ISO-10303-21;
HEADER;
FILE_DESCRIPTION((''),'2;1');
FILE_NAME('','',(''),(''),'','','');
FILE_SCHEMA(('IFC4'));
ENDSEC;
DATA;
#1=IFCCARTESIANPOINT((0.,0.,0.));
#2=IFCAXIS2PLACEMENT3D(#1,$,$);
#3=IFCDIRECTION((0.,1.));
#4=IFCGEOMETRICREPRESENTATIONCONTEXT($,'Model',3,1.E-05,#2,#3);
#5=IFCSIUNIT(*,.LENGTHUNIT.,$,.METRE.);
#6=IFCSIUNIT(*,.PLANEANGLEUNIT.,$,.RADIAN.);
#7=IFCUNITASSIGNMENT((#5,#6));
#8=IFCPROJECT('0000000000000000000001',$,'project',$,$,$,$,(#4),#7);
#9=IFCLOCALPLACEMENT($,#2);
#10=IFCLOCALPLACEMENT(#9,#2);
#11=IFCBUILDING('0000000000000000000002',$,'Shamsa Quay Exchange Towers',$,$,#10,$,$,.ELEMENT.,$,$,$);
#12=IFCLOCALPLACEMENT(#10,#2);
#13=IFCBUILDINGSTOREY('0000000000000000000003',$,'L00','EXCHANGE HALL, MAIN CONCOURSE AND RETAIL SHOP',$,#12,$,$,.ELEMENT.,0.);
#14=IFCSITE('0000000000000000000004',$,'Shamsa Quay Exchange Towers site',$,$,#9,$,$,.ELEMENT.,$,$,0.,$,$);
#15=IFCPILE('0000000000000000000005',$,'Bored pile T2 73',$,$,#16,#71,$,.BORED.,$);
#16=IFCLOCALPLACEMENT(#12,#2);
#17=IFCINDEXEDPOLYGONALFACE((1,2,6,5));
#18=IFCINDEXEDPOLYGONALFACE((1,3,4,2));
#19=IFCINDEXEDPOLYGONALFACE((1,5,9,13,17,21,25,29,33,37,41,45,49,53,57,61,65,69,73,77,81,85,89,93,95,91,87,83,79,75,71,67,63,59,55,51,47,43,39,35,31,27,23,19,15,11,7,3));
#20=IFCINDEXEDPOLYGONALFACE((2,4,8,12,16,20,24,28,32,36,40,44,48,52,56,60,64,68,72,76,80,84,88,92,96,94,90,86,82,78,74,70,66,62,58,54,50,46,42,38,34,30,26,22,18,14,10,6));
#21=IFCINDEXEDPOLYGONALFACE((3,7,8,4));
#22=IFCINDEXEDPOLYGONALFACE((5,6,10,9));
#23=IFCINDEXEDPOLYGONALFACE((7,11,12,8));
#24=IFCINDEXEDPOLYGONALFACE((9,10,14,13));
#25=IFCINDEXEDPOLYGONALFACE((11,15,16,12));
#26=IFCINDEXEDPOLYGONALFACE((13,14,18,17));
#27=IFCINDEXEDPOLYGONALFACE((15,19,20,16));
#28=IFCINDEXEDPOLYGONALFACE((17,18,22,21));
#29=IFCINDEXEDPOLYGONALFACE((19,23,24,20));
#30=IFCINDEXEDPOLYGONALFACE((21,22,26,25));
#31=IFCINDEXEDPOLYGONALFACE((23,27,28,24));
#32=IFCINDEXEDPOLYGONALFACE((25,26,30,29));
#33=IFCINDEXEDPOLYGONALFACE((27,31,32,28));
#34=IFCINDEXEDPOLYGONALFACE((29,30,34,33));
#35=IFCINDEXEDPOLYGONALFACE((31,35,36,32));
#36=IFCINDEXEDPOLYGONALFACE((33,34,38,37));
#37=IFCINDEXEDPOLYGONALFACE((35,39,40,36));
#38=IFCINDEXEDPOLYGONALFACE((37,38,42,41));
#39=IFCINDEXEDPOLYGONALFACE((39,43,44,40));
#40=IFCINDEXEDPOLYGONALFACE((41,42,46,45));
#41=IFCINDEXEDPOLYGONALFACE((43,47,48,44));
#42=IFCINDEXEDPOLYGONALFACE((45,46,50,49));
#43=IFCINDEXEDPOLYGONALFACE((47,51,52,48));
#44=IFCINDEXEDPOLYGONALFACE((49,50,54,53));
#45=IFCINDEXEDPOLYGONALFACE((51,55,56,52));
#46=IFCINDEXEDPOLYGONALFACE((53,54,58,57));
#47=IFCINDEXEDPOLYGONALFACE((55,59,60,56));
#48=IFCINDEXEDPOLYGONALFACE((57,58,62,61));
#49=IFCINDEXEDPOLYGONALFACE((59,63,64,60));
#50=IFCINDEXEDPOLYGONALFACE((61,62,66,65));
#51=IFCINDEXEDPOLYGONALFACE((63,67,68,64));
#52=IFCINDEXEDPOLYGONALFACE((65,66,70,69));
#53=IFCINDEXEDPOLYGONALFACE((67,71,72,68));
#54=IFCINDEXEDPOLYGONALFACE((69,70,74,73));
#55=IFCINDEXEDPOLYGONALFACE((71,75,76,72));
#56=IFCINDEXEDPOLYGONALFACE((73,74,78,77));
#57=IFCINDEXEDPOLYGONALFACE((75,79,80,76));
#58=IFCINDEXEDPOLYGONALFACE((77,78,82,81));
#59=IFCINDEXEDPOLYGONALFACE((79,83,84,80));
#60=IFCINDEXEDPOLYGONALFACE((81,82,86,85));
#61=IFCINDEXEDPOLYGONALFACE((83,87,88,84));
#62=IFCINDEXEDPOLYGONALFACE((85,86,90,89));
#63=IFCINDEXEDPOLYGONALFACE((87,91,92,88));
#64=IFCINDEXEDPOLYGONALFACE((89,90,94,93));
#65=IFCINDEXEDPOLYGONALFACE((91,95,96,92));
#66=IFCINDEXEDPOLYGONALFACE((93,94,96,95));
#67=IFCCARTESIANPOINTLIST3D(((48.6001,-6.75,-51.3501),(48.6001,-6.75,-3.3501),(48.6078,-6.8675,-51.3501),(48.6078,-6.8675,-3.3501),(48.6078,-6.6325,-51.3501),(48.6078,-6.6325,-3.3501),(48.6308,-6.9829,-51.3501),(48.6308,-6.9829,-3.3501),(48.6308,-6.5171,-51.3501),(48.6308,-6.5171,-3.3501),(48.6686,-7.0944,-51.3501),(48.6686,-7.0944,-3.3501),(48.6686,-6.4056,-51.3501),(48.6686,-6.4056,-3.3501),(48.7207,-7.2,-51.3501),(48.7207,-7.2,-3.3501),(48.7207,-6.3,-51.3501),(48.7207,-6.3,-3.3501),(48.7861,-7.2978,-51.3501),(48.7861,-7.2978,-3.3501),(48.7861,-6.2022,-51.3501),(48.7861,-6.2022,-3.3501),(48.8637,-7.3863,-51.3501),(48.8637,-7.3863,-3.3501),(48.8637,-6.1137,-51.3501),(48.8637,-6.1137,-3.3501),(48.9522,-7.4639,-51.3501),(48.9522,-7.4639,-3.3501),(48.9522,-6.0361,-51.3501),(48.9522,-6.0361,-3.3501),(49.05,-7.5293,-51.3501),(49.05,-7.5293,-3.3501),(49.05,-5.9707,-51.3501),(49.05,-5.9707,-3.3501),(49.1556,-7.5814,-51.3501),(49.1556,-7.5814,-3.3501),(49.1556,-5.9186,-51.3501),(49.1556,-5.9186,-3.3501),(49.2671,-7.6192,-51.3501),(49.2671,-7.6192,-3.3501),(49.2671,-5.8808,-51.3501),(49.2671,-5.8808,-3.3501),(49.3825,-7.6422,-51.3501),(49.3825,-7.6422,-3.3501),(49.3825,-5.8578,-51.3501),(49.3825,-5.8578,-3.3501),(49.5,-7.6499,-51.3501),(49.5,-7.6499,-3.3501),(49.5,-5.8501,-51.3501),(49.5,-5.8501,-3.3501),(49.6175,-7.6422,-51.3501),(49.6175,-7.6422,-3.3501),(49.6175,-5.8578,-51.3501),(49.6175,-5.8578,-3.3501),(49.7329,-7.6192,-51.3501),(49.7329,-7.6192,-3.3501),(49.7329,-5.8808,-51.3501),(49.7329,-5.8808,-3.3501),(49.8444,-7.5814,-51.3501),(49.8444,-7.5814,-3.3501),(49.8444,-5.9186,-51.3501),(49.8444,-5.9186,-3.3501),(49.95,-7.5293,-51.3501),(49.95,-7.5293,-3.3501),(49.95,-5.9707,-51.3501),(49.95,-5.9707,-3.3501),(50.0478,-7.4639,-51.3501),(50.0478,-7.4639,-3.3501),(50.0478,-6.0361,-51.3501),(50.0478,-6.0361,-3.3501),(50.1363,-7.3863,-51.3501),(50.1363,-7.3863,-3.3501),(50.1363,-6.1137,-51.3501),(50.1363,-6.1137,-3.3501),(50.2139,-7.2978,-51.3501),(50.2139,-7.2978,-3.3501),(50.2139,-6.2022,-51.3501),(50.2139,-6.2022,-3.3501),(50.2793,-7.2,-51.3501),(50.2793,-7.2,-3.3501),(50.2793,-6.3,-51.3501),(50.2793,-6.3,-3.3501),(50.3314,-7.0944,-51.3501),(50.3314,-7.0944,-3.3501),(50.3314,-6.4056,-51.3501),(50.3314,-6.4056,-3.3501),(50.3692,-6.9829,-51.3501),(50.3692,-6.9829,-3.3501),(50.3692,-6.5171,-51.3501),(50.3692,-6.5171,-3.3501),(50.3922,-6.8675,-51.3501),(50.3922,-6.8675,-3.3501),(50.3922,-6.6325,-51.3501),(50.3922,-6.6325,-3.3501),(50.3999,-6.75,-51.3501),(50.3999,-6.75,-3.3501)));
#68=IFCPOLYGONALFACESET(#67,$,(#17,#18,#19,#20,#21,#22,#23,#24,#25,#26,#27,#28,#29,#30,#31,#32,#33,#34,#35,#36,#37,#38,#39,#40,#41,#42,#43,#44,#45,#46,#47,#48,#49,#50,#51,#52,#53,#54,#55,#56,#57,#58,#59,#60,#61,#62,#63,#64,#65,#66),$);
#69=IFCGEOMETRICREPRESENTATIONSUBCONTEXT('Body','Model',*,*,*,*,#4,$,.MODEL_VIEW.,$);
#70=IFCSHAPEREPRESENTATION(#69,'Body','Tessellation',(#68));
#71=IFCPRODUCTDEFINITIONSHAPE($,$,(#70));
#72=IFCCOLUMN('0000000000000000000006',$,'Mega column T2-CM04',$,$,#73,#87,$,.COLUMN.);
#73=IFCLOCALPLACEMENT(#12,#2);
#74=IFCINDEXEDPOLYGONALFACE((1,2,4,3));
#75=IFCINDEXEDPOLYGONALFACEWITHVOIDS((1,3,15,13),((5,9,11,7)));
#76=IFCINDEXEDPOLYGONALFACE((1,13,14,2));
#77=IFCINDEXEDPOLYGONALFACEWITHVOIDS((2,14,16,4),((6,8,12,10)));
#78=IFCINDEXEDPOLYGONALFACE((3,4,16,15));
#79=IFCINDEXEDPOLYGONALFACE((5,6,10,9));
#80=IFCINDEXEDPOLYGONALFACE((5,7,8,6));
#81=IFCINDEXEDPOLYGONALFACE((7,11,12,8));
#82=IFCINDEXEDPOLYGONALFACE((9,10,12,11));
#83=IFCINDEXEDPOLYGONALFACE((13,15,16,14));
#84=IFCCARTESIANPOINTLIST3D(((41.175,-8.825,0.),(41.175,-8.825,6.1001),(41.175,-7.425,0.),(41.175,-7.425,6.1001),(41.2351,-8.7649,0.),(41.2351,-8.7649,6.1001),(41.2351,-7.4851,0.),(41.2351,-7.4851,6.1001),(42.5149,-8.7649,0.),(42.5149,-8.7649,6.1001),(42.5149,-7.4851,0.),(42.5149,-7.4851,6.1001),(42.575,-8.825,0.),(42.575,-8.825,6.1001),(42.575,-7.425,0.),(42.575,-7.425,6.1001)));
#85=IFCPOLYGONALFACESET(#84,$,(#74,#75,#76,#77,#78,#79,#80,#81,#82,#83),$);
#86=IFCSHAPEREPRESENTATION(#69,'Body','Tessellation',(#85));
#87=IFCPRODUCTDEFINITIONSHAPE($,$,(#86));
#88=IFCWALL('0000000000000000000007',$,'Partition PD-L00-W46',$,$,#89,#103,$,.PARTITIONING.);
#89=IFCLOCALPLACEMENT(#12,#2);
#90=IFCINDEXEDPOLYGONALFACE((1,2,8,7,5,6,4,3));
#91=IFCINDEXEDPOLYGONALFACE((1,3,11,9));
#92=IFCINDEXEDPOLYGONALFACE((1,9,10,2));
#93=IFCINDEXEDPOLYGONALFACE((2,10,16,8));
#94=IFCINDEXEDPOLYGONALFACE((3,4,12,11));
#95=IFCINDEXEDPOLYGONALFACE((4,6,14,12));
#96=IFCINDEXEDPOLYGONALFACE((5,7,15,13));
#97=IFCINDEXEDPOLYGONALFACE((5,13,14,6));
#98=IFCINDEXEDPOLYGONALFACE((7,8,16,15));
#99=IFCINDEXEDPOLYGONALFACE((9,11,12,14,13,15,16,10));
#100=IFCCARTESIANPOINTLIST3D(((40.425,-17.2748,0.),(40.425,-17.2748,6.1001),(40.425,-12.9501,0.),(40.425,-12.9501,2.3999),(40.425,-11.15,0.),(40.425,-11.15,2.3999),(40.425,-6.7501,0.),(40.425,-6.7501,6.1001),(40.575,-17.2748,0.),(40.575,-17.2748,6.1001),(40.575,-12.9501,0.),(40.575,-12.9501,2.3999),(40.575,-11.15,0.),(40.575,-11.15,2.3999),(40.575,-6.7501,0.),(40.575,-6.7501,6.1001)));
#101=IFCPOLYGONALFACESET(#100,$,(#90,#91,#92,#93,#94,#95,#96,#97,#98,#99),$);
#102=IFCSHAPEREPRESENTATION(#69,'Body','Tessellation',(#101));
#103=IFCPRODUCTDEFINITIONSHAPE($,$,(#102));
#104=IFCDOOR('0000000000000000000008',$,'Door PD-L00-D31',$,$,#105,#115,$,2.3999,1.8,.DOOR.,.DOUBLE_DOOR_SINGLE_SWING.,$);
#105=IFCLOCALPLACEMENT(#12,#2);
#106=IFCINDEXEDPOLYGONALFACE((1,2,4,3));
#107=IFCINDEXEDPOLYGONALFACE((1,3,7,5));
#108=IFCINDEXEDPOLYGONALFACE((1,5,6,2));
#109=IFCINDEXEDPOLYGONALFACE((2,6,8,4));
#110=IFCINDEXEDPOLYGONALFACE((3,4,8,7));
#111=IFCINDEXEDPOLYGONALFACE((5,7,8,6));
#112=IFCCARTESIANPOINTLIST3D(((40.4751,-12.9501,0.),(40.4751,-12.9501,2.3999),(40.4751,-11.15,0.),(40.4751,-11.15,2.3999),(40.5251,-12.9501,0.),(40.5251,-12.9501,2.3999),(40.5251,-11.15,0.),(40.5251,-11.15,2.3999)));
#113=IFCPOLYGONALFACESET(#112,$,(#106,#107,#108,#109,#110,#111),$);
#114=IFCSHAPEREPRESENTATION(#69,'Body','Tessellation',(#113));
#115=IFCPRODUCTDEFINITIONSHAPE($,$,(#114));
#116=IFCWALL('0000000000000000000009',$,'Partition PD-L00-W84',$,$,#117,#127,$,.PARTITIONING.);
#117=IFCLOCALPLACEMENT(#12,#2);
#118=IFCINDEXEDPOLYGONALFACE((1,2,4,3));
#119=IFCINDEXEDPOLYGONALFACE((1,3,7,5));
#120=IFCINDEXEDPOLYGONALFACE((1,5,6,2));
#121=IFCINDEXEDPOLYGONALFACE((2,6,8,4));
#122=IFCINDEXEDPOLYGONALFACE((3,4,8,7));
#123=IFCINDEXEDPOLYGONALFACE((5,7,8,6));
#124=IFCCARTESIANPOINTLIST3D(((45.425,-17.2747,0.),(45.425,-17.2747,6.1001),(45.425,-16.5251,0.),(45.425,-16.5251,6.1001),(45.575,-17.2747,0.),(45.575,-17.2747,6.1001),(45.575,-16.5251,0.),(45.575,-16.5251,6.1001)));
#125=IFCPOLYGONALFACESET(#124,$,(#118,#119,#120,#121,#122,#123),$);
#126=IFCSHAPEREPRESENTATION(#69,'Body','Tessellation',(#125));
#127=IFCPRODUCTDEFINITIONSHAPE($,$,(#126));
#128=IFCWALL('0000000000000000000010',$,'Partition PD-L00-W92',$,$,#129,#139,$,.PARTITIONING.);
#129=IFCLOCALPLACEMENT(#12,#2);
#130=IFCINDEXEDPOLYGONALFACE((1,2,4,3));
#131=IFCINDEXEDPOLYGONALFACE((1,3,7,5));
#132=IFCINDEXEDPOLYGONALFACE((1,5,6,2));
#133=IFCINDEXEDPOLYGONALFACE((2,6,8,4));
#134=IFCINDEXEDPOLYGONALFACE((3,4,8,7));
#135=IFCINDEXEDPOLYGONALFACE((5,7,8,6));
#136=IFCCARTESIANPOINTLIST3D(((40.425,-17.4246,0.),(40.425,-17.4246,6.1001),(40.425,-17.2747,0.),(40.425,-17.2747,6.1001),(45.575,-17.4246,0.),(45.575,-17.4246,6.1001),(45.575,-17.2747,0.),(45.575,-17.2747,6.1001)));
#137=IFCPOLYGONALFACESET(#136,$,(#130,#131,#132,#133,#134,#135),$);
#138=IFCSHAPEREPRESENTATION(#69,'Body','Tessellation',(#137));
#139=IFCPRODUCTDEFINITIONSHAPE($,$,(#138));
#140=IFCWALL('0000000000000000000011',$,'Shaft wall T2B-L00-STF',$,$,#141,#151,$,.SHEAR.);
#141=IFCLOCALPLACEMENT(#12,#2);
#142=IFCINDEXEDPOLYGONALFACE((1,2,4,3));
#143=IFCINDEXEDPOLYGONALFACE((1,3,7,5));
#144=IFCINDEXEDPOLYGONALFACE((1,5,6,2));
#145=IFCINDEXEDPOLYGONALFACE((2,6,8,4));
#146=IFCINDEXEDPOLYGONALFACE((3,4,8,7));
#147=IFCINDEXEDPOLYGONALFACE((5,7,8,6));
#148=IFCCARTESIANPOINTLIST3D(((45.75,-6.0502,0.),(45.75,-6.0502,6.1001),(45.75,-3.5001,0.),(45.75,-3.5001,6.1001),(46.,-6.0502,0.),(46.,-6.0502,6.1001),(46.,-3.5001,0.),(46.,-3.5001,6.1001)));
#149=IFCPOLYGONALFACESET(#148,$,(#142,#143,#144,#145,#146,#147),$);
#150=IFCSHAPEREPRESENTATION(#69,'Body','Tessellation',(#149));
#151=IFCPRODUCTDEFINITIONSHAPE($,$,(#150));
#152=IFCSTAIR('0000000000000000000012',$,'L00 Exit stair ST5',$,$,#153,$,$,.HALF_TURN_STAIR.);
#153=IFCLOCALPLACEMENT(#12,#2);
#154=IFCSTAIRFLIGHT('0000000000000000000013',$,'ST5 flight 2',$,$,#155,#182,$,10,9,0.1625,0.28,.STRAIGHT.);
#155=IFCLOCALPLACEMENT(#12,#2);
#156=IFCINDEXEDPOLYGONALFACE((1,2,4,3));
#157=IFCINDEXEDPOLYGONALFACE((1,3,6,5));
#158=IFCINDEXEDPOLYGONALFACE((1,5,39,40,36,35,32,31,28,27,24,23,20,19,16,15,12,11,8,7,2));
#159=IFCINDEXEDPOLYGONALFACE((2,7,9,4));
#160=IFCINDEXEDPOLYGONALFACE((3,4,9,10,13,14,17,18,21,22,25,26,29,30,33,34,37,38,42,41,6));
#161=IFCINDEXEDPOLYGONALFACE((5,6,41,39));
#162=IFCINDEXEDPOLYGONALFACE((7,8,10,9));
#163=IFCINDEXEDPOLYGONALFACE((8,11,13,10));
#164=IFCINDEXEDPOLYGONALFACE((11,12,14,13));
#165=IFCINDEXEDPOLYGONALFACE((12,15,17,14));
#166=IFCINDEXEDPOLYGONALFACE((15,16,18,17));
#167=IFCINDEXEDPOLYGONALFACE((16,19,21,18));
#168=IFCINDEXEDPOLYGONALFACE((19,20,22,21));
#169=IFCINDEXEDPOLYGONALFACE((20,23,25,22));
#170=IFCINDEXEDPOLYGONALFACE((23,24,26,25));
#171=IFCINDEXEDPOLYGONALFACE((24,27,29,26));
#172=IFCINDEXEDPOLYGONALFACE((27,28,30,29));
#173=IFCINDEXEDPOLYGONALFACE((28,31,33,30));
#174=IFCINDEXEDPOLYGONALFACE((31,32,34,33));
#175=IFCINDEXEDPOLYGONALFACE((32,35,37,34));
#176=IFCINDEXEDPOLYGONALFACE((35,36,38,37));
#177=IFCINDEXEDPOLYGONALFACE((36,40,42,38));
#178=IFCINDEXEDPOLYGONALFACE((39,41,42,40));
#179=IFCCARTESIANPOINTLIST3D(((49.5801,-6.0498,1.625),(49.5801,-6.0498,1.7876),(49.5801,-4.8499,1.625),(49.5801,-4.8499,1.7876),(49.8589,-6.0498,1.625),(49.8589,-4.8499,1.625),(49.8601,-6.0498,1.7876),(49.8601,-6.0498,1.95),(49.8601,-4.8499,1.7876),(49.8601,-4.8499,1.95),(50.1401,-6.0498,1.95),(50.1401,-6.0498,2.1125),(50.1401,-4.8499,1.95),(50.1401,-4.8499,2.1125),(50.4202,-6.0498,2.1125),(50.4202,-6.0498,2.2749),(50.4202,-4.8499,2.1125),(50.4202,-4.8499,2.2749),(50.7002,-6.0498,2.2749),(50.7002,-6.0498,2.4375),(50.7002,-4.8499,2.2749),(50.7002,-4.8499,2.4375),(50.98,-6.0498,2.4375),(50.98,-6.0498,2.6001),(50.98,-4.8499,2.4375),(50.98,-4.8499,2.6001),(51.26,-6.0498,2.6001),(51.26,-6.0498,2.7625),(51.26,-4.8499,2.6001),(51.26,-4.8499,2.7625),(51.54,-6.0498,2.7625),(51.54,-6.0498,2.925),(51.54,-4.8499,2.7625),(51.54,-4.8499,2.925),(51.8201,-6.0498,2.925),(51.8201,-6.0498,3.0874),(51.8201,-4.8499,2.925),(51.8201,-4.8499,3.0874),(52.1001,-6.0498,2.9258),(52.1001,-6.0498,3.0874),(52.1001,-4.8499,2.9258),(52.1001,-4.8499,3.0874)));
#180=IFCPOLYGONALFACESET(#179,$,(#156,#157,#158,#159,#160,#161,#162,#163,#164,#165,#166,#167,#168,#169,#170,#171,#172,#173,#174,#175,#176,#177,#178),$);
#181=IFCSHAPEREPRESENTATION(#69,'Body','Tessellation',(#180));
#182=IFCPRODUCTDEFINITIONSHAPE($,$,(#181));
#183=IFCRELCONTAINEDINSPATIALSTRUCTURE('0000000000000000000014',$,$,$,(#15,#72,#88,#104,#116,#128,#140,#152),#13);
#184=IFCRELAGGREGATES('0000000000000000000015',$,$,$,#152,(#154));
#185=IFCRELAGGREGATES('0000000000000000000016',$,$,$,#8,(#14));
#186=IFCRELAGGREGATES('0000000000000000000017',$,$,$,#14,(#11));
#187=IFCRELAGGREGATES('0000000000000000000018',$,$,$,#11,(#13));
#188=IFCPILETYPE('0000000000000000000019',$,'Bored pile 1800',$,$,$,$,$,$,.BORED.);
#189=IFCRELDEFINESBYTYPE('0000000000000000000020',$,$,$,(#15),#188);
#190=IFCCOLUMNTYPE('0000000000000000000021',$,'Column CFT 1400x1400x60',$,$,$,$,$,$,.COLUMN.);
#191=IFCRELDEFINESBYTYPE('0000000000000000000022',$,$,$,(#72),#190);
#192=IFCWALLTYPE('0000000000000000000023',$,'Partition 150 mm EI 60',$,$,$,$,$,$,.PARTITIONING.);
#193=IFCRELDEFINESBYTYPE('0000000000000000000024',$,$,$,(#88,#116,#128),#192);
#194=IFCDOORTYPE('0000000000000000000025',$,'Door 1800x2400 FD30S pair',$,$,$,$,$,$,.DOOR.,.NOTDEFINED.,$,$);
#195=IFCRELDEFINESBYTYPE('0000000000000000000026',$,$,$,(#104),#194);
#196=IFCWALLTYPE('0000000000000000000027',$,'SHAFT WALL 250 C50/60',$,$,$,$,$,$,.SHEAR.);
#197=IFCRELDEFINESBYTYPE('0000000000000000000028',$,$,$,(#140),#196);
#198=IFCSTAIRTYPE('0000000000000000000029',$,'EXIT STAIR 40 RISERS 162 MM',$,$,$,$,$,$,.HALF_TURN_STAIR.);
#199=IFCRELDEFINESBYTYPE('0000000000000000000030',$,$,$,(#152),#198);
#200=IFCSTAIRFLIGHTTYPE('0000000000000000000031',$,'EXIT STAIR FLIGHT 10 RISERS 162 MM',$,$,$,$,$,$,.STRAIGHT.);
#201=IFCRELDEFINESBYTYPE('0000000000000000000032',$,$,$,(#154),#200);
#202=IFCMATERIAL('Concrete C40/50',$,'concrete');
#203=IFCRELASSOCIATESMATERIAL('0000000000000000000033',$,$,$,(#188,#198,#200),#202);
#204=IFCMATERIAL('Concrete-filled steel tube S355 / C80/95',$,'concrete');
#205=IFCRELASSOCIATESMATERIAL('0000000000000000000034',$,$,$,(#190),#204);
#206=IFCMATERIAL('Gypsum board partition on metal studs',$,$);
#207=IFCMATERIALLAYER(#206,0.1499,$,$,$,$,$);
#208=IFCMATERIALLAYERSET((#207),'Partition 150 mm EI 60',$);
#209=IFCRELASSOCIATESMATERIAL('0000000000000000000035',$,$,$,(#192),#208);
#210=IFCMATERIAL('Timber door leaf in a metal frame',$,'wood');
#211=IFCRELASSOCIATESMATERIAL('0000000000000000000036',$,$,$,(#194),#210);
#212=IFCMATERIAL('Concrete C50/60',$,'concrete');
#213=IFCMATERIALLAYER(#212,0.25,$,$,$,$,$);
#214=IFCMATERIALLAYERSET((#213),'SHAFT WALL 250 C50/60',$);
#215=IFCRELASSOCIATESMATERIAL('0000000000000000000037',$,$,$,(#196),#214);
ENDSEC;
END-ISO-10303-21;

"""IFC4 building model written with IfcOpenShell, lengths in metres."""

from ifc_helpers import new_model, si_unit, direction, frame, frame_2d, origin, origin_2d, place, context, subcontext, project, spatial, polyline, rectangle, hollow_rectangle, circle, outline, extrude, material, layer, layer_set, material_profile, profile_set, type_object, element, fill, aggregate, save


model = new_model("IFC4")

# Units and contexts
model_context = context("Model", 3, precision=1e-05, world=origin(), true_north=direction((0.0, 1.0)))
body_context = subcontext(model_context, "Body", "Model", "MODEL_VIEW")
ifc_project = project(units=[si_unit("LENGTHUNIT", "METRE"), si_unit("PLANEANGLEUNIT", "RADIAN")], contexts=[model_context])

# Site, building, storey
site_placement = place(None, origin())
site = spatial("IfcSite", under=ifc_project, at=site_placement, Name="Shamsa Quay Exchange Towers site", CompositionType="ELEMENT", RefElevation=0.0)
building_placement = place(site_placement, origin())
building = spatial("IfcBuilding", under=site, at=building_placement, Name="Shamsa Quay Exchange Towers", CompositionType="ELEMENT")
storey_placement = place(building_placement, origin())
storey = spatial("IfcBuildingStorey", under=building, at=storey_placement, Name="L00", Description="EXCHANGE HALL, MAIN CONCOURSE AND RETAIL SHOP", CompositionType="ELEMENT", Elevation=0.0)

# Pile
ifc_material_1 = material(Name="Concrete C40/50", Category="concrete")
ifc_material_profile_1 = material_profile(ifc_material_1, circle(Radius=0.8999, at=origin_2d()), Name="BP1800")
ifc_profile_set_1 = profile_set([ifc_material_profile_1], Name="Concrete C40/50")
pile_type_1 = type_object("IfcPileType", Name="Bored pile 1800", PredefinedType="BORED", material=ifc_profile_set_1)
for number, where, z_axis, x_axis, name in (
    (1, (49.5, -6.75, -3.3501), (0.0, 0.0, -1.0), (1.0, 0.0, 0.0), "Bored pile T2 73"),
):
    element("IfcPile", number, at=place(storey_placement, frame(where, z_axis=z_axis, x_axis=x_axis)), inside=storey, type_object=pile_type_1, Name=name, PredefinedType="BORED", context=body_context, shape_type="SweptSolid", body=[
        extrude(circle(Radius=0.8999, at=origin_2d()), origin(), (0.0, 0.0, 1.0), 48.0),
    ])

# Column
ifc_material_2 = material(Name="Concrete-filled steel tube S355 / C80/95", Category="concrete")
ifc_material_profile_2 = material_profile(ifc_material_2, hollow_rectangle(XDim=1.3999, YDim=1.3999, WallThickness=0.0601, at=origin_2d()), Name="CFT 1400x1400x60")
ifc_profile_set_2 = profile_set([ifc_material_profile_2], Name="Concrete-filled steel tube S355 / C80/95")
column_type = type_object("IfcColumnType", Name="Column CFT 1400x1400x60", PredefinedType="COLUMN", material=ifc_profile_set_2)
column_placement = place(storey_placement, frame((41.875, -8.125, 0.0)))
element("IfcColumn", 2, at=column_placement, inside=storey, type_object=column_type, Name="Mega column T2-CM04", PredefinedType="COLUMN", context=body_context, shape_type="SweptSolid", body=[
    extrude(hollow_rectangle(XDim=1.3999, YDim=1.3999, WallThickness=0.0601, at=origin_2d()), origin(), (0.0, 0.0, 1.0), 6.1001),
])

# Wall, opening, door
ifc_material_3 = material(Name="Gypsum board partition on metal studs")
ifc_layer_1 = layer(ifc_material_3, 0.1499)
ifc_layer_set_1 = layer_set([ifc_layer_1], Name="Partition 150 mm EI 60")
wall_type_1 = type_object("IfcWallType", Name="Partition 150 mm EI 60", PredefinedType="PARTITIONING", material=ifc_layer_set_1)
wall_1_placement = place(storey_placement, frame((40.5, -17.2747, 0.0), z_axis=(0.0, 0.0, 1.0), x_axis=(0.0, 1.0, 0.0)))
wall_1 = element("IfcWall", 3, at=wall_1_placement, inside=storey, type_object=wall_type_1, Name="Partition PD-L00-W46", PredefinedType="PARTITIONING", context=body_context, shape_type="SweptSolid", body=[
    extrude(rectangle(XDim=10.5247, YDim=0.1499, at=frame_2d((5.2622, 0.0))), origin(), (0.0, 0.0, 1.0), 6.1001),
])
opening_1_placement = place(wall_1_placement, frame((4.3247, 0.0, 0.0)))
opening_1 = element("IfcOpeningElement", 4, at=opening_1_placement, cuts=wall_1, PredefinedType="OPENING", context=body_context, shape_type="SweptSolid", body=[
    extrude(rectangle(XDim=1.8, YDim=2.3999, at=frame_2d((0.8999, 1.2))), frame((0.0, 0.085, 0.0), z_axis=(0.0, -1.0, 0.0), x_axis=(1.0, 0.0, 0.0)), (0.0, 0.0, 1.0), 0.1699),
])
ifc_material_4 = material(Name="Timber door leaf in a metal frame", Category="wood")
door_type_1 = type_object("IfcDoorType", Name="Door 1800x2400 FD30S pair", OperationType="NOTDEFINED", PredefinedType="DOOR", material=ifc_material_4)
door_1_placement = place(opening_1_placement, origin())
door_1 = element("IfcDoor", 5, at=door_1_placement, inside=storey, type_object=door_type_1, Name="Door PD-L00-D31", OperationType="DOUBLE_DOOR_SINGLE_SWING", OverallHeight=2.3999, OverallWidth=1.8, PredefinedType="DOOR", context=body_context, shape_type="SweptSolid", body=[
    extrude(rectangle(XDim=1.8, YDim=2.3999, at=frame_2d((0.8999, 1.2))), frame((0.0, 0.0249, 0.0), z_axis=(0.0, -1.0, 0.0), x_axis=(1.0, 0.0, 0.0)), (0.0, 0.0, 1.0), 0.05),
])
fill(opening_1, door_1)

# Walls
wall_2_placement = place(storey_placement, frame((45.5, -16.5251, 0.0), z_axis=(0.0, 0.0, 1.0), x_axis=(0.0, -1.0, 0.0)))
element("IfcWall", 6, at=wall_2_placement, inside=storey, type_object=wall_type_1, Name="Partition PD-L00-W84", PredefinedType="PARTITIONING", context=body_context, shape_type="SweptSolid", body=[
    extrude(rectangle(XDim=0.7495, YDim=0.1499, at=frame_2d((0.3748, 0.0))), origin(), (0.0, 0.0, 1.0), 6.1001),
])
wall_3_placement = place(storey_placement, frame((45.575, -17.3496, 0.0), z_axis=(0.0, 0.0, 1.0), x_axis=(-1.0, 0.0, 0.0)))
element("IfcWall", 7, at=wall_3_placement, inside=storey, type_object=wall_type_1, Name="Partition PD-L00-W92", PredefinedType="PARTITIONING", context=body_context, shape_type="SweptSolid", body=[
    extrude(rectangle(XDim=5.1499, YDim=0.1499, at=frame_2d((2.575, 0.0))), origin(), (0.0, 0.0, 1.0), 6.1001),
])
ifc_material_5 = material(Name="Concrete C50/60", Category="concrete")
ifc_layer_2 = layer(ifc_material_5, 0.25)
ifc_layer_set_2 = layer_set([ifc_layer_2], Name="SHAFT WALL 250 C50/60")
wall_type_2 = type_object("IfcWallType", Name="SHAFT WALL 250 C50/60", PredefinedType="SHEAR", material=ifc_layer_set_2)
wall_4_placement = place(storey_placement, frame((45.875, -6.05, 0.0), z_axis=(0.0, 0.0, 1.0), x_axis=(0.0, 1.0, 0.0)))
element("IfcWall", 8, at=wall_4_placement, inside=storey, type_object=wall_type_2, Name="Shaft wall T2B-L00-STF", PredefinedType="SHEAR", context=body_context, shape_type="SweptSolid", body=[
    extrude(rectangle(XDim=2.55, YDim=0.25, at=frame_2d((1.2749, 0.0))), origin(), (0.0, 0.0, 1.0), 6.1001),
])

# Stair, stair flight
stair_type = type_object("IfcStairType", Name="EXIT STAIR 40 RISERS 162 MM", PredefinedType="HALF_TURN_STAIR", material=ifc_material_1)
stair_placement = place(storey_placement, origin())
stair = element("IfcStair", 9, at=stair_placement, inside=storey, type_object=stair_type, Name="L00 Exit stair ST5", PredefinedType="HALF_TURN_STAIR")
stair_flight_type = type_object("IfcStairFlightType", Name="EXIT STAIR FLIGHT 10 RISERS 162 MM", PredefinedType="STRAIGHT", material=ifc_material_1)
stair_flight_placement = place(storey_placement, frame((49.5801, -5.45, 1.625)))
stair_flight = element("IfcStairFlight", 10, at=stair_flight_placement, type_object=stair_flight_type, Name="ST5 flight 2", NumberOfRisers=10, NumberOfTreads=9, PredefinedType="STRAIGHT", RiserHeight=0.1625, TreadLength=0.28, context=body_context, shape_type="SweptSolid", body=[
    extrude(outline(polyline([(0.0, 0.0), (0.0, 0.1626), (0.28, 0.1626), (0.28, 0.325), (0.5601, 0.325), (0.5601, 0.4875), (0.8401, 0.4875), (0.8401, 0.6499), (1.1201, 0.6499), (1.1201, 0.8125), (1.3999, 0.8125), (1.3999, 0.9751), (1.6799, 0.9751), (1.6799, 1.1375), (1.96, 1.1375), (1.96, 1.3), (2.24, 1.3), (2.24, 1.4624), (2.52, 1.4624), (2.52, 1.625), (2.52, 1.3008), (0.2788, 0.0), (0.0, 0.0)])), frame((0.0, 0.6001, 0.0), z_axis=(0.0, -1.0, 0.0), x_axis=(1.0, 0.0, 0.0)), (0.0, 0.0, 1.0), 1.2),
])
aggregate(stair, [stair_flight])

save(model, "model.ifc")
